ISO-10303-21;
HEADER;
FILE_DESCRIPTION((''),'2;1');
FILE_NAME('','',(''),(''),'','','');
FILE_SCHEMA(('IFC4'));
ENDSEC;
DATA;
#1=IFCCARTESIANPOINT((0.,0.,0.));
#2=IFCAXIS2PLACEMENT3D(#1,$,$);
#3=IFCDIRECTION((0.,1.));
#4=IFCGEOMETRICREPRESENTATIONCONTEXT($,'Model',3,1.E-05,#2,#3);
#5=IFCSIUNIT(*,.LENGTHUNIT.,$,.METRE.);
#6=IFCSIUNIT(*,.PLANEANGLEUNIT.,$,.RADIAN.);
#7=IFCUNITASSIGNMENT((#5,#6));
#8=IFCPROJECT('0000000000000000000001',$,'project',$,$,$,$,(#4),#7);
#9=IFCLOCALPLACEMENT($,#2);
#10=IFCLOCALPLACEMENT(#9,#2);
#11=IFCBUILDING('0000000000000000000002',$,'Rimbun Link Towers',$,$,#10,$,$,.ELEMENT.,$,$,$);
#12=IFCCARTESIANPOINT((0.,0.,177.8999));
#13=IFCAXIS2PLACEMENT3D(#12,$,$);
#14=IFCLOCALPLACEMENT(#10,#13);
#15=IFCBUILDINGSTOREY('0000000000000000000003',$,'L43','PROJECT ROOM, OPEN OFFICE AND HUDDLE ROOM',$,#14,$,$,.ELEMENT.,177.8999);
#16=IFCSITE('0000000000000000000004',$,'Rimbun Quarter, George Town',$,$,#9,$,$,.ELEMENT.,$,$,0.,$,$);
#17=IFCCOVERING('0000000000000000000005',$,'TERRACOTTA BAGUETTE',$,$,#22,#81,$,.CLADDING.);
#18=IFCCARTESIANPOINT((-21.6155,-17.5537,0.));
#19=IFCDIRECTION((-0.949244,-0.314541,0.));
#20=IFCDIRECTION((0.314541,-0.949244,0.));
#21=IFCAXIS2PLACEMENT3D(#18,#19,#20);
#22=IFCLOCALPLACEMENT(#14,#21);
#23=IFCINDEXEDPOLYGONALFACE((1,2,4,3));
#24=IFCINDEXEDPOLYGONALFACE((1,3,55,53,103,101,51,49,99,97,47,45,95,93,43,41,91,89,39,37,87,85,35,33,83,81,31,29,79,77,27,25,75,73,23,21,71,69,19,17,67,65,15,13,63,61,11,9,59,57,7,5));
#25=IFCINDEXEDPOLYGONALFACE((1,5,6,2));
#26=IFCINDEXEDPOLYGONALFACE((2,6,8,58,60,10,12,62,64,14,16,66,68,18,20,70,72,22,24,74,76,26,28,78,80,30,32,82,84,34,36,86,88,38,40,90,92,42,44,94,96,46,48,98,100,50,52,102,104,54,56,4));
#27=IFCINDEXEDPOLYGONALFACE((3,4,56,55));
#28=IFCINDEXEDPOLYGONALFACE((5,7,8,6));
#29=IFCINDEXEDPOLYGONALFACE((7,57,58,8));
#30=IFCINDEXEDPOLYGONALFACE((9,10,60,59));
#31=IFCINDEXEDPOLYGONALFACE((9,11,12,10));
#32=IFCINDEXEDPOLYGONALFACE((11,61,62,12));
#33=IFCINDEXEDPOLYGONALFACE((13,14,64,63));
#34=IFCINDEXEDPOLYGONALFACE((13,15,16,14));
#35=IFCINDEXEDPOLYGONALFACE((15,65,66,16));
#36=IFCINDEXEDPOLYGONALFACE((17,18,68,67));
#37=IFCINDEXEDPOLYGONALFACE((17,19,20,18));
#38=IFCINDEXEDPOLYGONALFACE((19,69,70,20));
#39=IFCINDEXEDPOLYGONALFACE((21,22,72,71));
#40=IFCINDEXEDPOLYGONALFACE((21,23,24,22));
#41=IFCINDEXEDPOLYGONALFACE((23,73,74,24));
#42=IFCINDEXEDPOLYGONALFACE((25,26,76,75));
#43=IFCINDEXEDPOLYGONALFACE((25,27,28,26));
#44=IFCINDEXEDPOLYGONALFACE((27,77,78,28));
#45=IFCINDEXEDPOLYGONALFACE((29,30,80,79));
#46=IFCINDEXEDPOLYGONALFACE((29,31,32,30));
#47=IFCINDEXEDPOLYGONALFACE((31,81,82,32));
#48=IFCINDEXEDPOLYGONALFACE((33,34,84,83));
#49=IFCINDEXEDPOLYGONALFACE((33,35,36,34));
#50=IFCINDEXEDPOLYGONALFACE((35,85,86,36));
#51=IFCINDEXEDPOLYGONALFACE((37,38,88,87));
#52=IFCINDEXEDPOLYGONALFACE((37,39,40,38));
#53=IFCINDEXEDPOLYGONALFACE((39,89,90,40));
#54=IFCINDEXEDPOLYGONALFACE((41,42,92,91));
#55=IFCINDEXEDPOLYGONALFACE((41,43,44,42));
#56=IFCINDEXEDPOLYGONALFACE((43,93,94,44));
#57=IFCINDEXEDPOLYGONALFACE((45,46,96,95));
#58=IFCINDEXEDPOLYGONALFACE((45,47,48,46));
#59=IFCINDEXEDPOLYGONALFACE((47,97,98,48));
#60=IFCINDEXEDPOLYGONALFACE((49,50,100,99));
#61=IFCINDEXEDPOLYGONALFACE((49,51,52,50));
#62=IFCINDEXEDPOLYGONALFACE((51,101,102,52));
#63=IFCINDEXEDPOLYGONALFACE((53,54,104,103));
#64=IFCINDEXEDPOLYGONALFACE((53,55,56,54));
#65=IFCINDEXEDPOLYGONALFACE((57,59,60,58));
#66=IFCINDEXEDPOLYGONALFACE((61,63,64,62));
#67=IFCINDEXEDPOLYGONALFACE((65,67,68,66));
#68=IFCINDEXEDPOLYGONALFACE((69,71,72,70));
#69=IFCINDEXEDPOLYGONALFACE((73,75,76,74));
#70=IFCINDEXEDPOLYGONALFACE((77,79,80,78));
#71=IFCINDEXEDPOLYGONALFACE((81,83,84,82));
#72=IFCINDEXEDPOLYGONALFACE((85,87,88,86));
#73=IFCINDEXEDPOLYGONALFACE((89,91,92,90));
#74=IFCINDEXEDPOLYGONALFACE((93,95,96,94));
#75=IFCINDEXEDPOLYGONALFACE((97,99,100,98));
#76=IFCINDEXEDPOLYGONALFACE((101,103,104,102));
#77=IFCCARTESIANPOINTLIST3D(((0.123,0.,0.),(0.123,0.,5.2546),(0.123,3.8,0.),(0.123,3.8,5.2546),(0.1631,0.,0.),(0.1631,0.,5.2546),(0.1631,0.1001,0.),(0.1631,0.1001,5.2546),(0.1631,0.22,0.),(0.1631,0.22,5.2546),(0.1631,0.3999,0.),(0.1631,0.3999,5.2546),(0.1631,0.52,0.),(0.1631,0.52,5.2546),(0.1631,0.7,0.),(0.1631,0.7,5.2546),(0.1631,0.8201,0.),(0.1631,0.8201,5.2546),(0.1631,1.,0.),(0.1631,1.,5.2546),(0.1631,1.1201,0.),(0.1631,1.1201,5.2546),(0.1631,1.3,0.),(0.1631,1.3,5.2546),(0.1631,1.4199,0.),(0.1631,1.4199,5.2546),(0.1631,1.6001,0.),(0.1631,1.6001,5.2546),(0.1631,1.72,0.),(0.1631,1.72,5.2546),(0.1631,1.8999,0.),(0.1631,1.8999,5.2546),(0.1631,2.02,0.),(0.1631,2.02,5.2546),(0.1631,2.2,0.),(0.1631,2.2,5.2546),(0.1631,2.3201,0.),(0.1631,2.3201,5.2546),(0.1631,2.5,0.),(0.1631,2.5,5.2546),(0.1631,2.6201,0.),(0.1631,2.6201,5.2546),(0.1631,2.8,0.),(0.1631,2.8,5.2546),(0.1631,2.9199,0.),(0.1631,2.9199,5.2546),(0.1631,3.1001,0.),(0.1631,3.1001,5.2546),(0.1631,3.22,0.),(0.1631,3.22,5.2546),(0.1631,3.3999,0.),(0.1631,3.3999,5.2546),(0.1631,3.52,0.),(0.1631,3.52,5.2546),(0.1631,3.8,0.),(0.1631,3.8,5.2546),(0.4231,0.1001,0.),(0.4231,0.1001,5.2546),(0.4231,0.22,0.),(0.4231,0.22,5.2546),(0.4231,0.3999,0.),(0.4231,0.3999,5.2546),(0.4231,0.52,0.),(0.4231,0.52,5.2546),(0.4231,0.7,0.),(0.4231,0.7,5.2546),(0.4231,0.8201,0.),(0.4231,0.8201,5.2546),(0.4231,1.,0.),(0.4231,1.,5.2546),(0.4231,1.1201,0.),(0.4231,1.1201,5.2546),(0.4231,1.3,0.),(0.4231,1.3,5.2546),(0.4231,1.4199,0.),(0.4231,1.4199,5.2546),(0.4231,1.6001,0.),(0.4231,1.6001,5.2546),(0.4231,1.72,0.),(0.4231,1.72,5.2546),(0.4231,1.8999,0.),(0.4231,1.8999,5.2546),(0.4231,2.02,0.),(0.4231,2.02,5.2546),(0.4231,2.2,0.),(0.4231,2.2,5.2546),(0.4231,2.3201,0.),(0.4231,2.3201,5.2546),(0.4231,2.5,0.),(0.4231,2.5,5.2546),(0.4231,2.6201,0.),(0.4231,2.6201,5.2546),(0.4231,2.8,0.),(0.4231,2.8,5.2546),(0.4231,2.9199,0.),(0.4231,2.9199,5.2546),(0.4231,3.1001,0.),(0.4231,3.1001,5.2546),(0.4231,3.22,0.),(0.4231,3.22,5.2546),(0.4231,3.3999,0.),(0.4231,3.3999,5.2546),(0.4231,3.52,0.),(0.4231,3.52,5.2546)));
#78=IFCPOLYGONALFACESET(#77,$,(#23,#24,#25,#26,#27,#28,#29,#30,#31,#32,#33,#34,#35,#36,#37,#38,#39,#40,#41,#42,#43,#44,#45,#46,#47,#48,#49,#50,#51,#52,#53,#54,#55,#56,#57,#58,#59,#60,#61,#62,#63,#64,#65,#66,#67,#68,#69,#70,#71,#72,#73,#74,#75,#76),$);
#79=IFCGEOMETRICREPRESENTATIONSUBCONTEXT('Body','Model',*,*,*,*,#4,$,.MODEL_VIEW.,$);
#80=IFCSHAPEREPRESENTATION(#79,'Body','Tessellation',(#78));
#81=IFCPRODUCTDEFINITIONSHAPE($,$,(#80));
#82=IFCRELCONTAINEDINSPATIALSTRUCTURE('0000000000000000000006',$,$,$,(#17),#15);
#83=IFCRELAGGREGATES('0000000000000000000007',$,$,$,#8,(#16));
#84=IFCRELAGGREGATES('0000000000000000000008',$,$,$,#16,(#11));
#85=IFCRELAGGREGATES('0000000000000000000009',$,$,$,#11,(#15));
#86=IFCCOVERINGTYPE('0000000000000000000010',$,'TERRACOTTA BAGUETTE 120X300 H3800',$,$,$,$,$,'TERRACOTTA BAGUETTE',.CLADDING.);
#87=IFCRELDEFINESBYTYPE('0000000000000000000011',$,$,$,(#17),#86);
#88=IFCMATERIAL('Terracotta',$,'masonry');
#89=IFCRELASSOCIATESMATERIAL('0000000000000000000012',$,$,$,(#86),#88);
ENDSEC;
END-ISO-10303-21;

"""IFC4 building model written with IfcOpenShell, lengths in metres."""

from ifc_helpers import new_model, si_unit, direction, frame, origin, place, context, subcontext, project, spatial, polyline, outline, extrude, material, material_profile, profile_set, type_object, element, save


model = new_model("IFC4")

# Units and contexts
model_context = context("Model", 3, precision=1e-05, world=origin(), true_north=direction((0.0, 1.0)))
body_context = subcontext(model_context, "Body", "Model", "MODEL_VIEW")
ifc_project = project(units=[si_unit("LENGTHUNIT", "METRE"), si_unit("PLANEANGLEUNIT", "RADIAN")], contexts=[model_context])

# Site, building, storey
site_placement = place(None, origin())
site = spatial("IfcSite", under=ifc_project, at=site_placement, Name="Rimbun Quarter, George Town", CompositionType="ELEMENT", RefElevation=0.0)
building_placement = place(site_placement, origin())
building = spatial("IfcBuilding", under=site, at=building_placement, Name="Rimbun Link Towers", CompositionType="ELEMENT")
storey_placement = place(building_placement, frame((0.0, 0.0, 177.8999)))
storey = spatial("IfcBuildingStorey", under=building, at=storey_placement, Name="L43", Description="PROJECT ROOM, OPEN OFFICE AND HUDDLE ROOM", CompositionType="ELEMENT", Elevation=177.8999)

# Covering
ifc_material_1 = material(Name="Terracotta", Category="masonry")
ifc_material_profile_1 = material_profile(ifc_material_1, outline(polyline([(0.123, 0.0), (0.1631, 0.0), (0.1631, 0.1001), (0.4231, 0.1001), (0.4231, 0.22), (0.1631, 0.22), (0.1631, 0.3999), (0.4231, 0.3999), (0.4231, 0.52), (0.1631, 0.52), (0.1631, 0.7), (0.4231, 0.7), (0.4231, 0.8201), (0.1631, 0.8201), (0.1631, 1.0), (0.4231, 1.0), (0.4231, 1.1201), (0.1631, 1.1201), (0.1631, 1.3), (0.4231, 1.3), (0.4231, 1.4199), (0.1631, 1.4199), (0.1631, 1.6001), (0.4231, 1.6001), (0.4231, 1.72), (0.1631, 1.72), (0.1631, 1.8999), (0.4231, 1.8999), (0.4231, 2.02), (0.1631, 2.02), (0.1631, 2.2), (0.4231, 2.2), (0.4231, 2.3201), (0.1631, 2.3201), (0.1631, 2.5), (0.4231, 2.5), (0.4231, 2.6201), (0.1631, 2.6201), (0.1631, 2.8), (0.4231, 2.8), (0.4231, 2.9199), (0.1631, 2.9199), (0.1631, 3.1001), (0.4231, 3.1001), (0.4231, 3.22), (0.1631, 3.22), (0.1631, 3.3999), (0.4231, 3.3999), (0.4231, 3.52), (0.1631, 3.52), (0.1631, 3.8), (0.123, 3.8), (0.123, 0.0)])), Name="BAGUETTE 120X300")
ifc_profile_set_1 = profile_set([ifc_material_profile_1], Name="Terracotta")
covering_type = type_object("IfcCoveringType", Name="TERRACOTTA BAGUETTE 120X300 H3800", ElementType="TERRACOTTA BAGUETTE", PredefinedType="CLADDING", material=ifc_profile_set_1)
covering_1_placement = place(storey_placement, frame((-21.6155, -17.5537, 0.0), z_axis=(-0.949244, -0.314541, 0.0), x_axis=(0.314541, -0.949244, 0.0)))
element("IfcCovering", 1, at=covering_1_placement, inside=storey, type_object=covering_type, Name="TERRACOTTA BAGUETTE", PredefinedType="CLADDING", context=body_context, shape_type="SweptSolid", body=[
    extrude(outline(polyline([(0.123, 0.0), (0.1631, 0.0), (0.1631, 0.1001), (0.4231, 0.1001), (0.4231, 0.22), (0.1631, 0.22), (0.1631, 0.3999), (0.4231, 0.3999), (0.4231, 0.52), (0.1631, 0.52), (0.1631, 0.7), (0.4231, 0.7), (0.4231, 0.8201), (0.1631, 0.8201), (0.1631, 1.0), (0.4231, 1.0), (0.4231, 1.1201), (0.1631, 1.1201), (0.1631, 1.3), (0.4231, 1.3), (0.4231, 1.4199), (0.1631, 1.4199), (0.1631, 1.6001), (0.4231, 1.6001), (0.4231, 1.72), (0.1631, 1.72), (0.1631, 1.8999), (0.4231, 1.8999), (0.4231, 2.02), (0.1631, 2.02), (0.1631, 2.2), (0.4231, 2.2), (0.4231, 2.3201), (0.1631, 2.3201), (0.1631, 2.5), (0.4231, 2.5), (0.4231, 2.6201), (0.1631, 2.6201), (0.1631, 2.8), (0.4231, 2.8), (0.4231, 2.9199), (0.1631, 2.9199), (0.1631, 3.1001), (0.4231, 3.1001), (0.4231, 3.22), (0.1631, 3.22), (0.1631, 3.3999), (0.4231, 3.3999), (0.4231, 3.52), (0.1631, 3.52), (0.1631, 3.8), (0.123, 3.8), (0.123, 0.0)])), origin(), (0.0, 0.0, 1.0), 5.2546),
])

save(model, "model.ifc")
